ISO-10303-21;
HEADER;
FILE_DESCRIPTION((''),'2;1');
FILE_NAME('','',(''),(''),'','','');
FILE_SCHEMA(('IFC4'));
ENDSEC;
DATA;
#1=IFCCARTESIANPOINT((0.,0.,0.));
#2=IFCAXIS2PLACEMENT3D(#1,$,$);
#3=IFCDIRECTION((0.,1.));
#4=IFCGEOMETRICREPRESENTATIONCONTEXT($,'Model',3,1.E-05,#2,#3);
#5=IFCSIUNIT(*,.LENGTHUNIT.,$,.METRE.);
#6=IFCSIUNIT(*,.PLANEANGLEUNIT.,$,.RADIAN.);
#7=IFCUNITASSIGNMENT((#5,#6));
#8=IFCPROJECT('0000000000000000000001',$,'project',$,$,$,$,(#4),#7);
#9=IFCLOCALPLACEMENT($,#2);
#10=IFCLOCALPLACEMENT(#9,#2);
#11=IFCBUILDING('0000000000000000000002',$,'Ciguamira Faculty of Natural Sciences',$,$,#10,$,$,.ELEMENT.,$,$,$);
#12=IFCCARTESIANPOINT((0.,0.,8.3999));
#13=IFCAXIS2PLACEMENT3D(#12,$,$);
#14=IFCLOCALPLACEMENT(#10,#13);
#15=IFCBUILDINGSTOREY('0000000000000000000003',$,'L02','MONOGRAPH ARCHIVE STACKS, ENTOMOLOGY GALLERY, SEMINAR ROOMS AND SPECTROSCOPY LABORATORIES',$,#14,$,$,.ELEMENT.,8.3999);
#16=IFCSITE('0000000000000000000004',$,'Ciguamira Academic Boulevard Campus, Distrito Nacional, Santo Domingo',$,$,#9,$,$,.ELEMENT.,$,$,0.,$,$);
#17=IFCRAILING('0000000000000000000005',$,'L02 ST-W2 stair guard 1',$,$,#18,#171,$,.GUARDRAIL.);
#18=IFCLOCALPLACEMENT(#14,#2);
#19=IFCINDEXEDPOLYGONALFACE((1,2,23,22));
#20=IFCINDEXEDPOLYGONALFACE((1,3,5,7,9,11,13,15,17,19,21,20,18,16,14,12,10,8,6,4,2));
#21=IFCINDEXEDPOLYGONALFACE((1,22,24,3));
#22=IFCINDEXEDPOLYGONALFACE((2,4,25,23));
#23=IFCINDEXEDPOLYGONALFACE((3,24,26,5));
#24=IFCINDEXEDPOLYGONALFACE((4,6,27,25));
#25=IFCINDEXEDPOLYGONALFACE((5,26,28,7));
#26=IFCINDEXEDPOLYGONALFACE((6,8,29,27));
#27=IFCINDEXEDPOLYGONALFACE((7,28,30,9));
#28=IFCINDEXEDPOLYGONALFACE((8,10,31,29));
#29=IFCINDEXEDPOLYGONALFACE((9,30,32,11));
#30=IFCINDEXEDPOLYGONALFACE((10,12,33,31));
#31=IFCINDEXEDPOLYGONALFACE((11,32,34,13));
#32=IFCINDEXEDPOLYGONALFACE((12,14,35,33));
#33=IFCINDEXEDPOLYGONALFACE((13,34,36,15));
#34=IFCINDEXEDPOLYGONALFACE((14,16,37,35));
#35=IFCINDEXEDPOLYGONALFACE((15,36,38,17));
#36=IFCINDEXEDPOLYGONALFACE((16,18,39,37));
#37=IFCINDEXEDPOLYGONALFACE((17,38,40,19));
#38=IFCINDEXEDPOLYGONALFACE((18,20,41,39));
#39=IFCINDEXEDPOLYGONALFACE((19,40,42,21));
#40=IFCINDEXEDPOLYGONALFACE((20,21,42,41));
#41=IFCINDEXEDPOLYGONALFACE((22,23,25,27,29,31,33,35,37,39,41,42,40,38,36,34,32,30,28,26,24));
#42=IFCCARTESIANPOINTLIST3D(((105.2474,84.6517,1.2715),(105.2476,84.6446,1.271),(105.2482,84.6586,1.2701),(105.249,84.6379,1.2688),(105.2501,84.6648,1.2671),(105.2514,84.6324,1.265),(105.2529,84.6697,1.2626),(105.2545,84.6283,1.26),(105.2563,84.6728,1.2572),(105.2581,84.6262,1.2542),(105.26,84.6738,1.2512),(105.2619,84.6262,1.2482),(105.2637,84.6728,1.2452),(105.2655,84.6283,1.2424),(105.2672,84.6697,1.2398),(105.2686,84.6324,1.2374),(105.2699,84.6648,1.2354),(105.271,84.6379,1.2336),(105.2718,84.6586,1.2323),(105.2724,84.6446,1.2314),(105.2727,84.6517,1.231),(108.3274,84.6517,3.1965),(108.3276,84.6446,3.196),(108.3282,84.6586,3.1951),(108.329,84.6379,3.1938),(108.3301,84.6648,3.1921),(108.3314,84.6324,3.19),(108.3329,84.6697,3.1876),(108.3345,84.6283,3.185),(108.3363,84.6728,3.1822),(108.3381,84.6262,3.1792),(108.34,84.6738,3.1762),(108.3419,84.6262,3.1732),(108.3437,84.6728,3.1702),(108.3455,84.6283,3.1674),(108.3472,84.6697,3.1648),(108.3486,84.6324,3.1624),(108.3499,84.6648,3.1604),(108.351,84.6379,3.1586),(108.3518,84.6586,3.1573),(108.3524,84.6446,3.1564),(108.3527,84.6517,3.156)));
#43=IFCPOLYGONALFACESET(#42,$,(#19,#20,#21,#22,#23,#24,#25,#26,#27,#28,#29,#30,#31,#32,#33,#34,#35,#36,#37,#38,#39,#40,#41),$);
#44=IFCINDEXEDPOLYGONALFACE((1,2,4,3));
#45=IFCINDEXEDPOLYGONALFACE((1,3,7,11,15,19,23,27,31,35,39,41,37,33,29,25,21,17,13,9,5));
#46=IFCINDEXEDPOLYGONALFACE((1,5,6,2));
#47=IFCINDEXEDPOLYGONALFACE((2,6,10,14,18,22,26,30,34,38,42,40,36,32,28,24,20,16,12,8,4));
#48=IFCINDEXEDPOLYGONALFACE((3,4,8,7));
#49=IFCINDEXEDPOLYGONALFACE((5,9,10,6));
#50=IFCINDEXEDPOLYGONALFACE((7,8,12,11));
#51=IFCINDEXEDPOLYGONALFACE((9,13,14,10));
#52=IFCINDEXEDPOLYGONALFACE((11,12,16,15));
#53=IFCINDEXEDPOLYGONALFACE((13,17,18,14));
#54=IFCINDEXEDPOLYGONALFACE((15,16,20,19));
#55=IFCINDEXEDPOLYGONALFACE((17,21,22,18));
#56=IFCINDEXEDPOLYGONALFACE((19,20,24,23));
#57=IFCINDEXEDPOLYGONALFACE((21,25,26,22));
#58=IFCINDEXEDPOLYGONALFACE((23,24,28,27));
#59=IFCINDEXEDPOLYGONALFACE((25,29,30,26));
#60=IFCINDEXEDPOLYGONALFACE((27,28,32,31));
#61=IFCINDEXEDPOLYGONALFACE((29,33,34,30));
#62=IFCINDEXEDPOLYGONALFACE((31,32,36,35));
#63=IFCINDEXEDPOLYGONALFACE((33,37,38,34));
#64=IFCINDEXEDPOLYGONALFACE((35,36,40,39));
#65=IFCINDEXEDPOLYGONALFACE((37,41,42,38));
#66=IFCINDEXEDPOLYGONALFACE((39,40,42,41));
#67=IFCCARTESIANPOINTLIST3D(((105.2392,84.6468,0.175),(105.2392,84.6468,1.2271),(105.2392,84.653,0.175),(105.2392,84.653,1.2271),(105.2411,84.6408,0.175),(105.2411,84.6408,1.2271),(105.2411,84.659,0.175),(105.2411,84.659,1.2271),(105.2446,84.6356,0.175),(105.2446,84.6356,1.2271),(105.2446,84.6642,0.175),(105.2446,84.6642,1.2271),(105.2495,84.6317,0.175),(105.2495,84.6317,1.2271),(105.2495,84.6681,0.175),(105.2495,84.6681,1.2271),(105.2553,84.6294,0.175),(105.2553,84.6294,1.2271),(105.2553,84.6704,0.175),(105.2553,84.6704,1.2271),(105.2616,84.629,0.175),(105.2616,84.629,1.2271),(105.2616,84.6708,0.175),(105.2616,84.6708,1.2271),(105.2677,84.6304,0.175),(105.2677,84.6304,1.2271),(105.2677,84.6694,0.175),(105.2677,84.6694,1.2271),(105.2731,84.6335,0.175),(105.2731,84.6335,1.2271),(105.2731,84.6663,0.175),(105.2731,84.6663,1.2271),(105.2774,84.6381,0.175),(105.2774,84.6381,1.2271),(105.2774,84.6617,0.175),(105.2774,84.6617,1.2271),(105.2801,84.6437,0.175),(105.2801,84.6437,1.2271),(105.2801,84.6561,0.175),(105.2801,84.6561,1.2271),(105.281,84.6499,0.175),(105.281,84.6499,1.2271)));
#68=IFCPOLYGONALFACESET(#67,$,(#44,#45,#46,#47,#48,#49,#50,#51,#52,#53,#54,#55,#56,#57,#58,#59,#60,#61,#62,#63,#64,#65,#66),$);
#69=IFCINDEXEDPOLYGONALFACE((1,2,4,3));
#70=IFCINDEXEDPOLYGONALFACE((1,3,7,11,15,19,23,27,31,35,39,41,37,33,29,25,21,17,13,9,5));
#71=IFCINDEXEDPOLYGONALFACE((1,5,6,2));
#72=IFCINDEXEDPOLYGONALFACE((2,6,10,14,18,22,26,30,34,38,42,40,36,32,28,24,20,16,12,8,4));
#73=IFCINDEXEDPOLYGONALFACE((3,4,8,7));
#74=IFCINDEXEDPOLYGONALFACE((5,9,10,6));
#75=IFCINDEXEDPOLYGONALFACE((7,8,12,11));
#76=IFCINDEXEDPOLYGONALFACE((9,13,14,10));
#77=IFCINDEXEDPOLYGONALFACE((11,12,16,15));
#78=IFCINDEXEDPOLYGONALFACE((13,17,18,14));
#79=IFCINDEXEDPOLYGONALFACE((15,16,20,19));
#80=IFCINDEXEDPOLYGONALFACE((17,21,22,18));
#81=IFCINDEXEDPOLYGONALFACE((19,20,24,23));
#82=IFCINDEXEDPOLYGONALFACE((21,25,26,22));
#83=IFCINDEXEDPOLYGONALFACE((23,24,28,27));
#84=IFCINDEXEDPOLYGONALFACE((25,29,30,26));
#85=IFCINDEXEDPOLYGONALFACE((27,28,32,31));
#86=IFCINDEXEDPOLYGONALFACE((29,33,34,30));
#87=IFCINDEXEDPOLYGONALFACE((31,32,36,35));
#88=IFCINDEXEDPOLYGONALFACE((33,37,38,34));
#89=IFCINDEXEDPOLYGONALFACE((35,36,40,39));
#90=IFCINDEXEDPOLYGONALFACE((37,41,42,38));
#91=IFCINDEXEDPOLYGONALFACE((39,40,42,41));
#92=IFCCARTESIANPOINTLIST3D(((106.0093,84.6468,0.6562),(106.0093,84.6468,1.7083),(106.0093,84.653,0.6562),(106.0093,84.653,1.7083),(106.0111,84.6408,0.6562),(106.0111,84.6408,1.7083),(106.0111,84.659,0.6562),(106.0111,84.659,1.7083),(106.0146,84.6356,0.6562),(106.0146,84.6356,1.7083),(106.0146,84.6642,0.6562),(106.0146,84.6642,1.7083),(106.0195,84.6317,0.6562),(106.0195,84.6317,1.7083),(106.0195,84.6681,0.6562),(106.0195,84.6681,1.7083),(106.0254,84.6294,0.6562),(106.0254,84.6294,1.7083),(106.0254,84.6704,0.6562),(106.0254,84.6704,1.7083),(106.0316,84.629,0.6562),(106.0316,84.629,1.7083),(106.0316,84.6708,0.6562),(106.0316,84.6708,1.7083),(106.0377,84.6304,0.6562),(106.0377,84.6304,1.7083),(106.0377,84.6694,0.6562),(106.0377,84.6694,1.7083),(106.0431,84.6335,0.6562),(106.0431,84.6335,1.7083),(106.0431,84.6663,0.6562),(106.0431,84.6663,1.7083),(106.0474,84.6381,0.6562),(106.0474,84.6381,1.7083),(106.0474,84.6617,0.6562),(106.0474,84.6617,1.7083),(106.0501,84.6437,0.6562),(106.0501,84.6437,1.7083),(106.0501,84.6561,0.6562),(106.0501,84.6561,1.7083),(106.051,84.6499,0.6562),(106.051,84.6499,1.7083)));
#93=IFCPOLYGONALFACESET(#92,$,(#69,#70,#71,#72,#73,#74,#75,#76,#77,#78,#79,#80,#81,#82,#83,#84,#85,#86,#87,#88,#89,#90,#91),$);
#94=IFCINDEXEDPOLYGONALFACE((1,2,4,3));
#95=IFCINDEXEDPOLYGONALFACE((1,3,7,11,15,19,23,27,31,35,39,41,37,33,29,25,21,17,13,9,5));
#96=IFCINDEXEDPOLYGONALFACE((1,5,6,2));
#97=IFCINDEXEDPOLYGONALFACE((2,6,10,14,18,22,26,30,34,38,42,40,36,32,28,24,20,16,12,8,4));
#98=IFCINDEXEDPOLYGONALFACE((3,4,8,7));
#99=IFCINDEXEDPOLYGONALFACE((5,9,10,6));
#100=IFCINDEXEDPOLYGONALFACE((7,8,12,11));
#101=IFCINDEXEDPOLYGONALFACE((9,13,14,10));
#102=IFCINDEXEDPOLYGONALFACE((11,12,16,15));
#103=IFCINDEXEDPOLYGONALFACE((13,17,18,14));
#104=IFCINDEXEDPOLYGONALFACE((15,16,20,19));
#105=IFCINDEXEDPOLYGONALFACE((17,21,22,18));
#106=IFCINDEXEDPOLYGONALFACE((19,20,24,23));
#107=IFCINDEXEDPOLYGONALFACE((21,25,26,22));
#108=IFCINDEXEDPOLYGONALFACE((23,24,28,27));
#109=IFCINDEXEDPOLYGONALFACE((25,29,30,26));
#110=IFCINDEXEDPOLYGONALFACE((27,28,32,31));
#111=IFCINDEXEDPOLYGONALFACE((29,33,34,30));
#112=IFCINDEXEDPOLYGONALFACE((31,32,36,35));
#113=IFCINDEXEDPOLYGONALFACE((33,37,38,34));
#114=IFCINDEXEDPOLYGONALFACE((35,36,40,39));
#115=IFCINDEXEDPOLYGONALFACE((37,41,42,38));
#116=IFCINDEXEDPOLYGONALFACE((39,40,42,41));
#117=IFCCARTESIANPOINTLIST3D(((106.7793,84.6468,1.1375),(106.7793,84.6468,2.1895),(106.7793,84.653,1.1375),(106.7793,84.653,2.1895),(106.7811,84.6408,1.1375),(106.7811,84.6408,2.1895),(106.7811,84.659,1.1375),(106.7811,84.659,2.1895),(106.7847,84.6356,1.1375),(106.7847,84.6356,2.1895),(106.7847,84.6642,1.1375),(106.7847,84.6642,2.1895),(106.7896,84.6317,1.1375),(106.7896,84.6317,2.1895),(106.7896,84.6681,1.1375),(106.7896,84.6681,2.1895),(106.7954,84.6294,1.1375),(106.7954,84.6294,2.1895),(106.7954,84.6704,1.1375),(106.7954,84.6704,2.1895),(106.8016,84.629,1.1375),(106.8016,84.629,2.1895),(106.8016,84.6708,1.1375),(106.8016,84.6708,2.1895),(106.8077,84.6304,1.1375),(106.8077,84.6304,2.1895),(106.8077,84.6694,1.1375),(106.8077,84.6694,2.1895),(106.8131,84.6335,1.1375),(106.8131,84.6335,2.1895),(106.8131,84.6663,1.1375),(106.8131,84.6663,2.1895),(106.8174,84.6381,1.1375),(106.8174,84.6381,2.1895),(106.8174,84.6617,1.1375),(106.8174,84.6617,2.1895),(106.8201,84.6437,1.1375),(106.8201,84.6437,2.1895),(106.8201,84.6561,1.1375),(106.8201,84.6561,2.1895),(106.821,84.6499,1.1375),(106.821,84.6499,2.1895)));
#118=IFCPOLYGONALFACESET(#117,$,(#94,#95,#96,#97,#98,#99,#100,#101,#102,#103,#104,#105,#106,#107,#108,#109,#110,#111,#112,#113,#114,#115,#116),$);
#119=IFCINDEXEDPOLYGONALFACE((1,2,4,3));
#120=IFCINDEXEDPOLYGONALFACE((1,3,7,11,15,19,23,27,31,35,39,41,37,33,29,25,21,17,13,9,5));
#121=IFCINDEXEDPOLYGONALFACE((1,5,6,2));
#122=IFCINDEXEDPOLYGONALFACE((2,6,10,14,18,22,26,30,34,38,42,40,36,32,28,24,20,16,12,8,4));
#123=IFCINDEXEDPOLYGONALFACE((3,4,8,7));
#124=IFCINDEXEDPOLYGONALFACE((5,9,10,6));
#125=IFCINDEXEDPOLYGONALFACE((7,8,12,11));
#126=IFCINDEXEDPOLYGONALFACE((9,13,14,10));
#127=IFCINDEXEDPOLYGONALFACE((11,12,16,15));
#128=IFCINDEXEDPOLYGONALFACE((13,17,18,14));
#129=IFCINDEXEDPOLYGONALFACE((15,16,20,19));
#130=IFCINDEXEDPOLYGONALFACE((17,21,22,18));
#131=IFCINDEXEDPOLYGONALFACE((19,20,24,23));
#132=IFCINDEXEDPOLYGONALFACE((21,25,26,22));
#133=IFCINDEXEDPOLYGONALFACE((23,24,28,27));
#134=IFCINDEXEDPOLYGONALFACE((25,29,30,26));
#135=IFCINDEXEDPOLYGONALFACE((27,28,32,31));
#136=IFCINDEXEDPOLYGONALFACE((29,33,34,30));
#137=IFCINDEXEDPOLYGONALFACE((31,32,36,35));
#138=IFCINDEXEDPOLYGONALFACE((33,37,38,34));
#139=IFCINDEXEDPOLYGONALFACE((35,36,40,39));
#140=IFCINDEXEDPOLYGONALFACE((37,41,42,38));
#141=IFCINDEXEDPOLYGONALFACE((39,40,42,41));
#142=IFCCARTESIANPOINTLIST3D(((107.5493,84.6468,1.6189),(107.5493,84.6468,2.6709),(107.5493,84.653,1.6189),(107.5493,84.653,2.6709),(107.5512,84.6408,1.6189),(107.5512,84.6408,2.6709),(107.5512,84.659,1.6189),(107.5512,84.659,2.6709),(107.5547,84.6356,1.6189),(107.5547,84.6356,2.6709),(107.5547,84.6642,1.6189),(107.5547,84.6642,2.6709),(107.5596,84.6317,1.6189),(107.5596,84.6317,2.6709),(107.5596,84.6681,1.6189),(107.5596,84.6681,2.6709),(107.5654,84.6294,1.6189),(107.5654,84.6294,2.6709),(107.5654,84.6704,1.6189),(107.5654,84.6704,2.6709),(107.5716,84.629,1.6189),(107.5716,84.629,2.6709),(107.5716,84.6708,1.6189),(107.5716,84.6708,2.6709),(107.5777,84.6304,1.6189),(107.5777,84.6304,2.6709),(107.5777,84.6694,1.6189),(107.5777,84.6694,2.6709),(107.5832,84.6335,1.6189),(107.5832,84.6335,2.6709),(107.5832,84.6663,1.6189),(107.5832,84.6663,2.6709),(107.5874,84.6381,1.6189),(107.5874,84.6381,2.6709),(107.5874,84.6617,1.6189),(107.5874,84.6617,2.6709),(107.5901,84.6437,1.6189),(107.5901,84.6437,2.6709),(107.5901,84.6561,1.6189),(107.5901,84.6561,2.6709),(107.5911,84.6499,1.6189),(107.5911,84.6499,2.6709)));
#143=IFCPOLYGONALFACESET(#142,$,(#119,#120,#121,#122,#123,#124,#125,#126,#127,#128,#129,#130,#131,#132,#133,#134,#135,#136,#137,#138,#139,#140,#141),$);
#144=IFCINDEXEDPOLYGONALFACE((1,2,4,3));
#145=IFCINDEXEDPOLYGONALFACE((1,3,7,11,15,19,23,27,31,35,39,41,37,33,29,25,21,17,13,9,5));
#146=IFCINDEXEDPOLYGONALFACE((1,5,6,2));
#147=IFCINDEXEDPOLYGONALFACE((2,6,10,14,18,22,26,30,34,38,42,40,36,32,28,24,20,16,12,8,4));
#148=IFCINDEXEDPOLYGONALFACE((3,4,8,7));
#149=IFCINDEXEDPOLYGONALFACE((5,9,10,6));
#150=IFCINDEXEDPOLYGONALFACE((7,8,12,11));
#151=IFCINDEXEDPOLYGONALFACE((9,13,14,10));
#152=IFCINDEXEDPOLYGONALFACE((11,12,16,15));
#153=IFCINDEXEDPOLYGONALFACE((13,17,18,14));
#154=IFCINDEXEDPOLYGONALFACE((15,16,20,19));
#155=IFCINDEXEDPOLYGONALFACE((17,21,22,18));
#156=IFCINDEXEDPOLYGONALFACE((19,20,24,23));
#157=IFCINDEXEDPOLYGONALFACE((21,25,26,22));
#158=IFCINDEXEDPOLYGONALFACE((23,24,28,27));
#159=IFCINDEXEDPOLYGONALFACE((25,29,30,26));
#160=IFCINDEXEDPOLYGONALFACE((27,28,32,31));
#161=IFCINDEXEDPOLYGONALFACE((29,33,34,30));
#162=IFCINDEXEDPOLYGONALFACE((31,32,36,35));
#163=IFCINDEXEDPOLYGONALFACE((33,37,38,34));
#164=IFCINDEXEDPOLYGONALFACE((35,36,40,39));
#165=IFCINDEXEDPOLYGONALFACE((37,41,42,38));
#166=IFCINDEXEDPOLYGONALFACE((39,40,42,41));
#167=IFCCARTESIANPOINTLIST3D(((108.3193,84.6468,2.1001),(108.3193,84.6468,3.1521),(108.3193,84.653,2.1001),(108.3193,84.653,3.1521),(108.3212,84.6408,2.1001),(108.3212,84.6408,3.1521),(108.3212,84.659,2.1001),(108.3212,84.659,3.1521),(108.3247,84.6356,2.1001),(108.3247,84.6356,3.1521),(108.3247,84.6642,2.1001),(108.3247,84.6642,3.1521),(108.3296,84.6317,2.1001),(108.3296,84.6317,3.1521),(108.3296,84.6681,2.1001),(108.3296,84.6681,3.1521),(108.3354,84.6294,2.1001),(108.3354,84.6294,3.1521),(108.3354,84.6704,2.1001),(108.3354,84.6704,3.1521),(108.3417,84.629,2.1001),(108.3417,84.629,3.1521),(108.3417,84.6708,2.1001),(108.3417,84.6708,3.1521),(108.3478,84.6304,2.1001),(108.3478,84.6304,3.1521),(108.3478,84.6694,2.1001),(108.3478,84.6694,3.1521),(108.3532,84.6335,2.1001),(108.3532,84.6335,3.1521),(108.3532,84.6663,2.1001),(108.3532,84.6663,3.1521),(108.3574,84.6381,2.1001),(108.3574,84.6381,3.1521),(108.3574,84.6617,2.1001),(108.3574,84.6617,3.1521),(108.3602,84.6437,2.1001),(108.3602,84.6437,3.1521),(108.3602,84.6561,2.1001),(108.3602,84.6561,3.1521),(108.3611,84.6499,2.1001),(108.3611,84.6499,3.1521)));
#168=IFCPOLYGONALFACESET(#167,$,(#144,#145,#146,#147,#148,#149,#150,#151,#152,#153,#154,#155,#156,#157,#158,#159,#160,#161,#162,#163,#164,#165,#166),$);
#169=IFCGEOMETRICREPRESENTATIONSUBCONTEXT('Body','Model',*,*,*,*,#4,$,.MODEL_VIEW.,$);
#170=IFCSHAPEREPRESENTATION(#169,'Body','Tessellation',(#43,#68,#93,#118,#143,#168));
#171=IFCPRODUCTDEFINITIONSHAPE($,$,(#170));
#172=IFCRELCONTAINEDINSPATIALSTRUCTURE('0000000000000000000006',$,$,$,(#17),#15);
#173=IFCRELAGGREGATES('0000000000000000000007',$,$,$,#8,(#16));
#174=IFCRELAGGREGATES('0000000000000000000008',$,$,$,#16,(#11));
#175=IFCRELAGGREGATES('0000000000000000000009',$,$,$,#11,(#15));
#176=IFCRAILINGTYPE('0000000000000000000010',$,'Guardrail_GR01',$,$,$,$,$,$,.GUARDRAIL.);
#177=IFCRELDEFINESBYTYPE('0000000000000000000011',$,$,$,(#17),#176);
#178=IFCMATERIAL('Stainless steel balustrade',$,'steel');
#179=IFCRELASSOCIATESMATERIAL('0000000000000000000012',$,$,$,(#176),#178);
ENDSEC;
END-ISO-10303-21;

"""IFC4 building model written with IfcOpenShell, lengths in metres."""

from ifc_helpers import new_model, si_unit, direction, frame, origin, origin_2d, place, context, subcontext, project, spatial, circle, extrude, material, type_object, element, save


model = new_model("IFC4")

# Units and contexts
model_context = context("Model", 3, precision=1e-05, world=origin(), true_north=direction((0.0, 1.0)))
body_context = subcontext(model_context, "Body", "Model", "MODEL_VIEW")
ifc_project = project(units=[si_unit("LENGTHUNIT", "METRE"), si_unit("PLANEANGLEUNIT", "RADIAN")], contexts=[model_context])

# Site, building, storey
site_placement = place(None, origin())
site = spatial("IfcSite", under=ifc_project, at=site_placement, Name="Ciguamira Academic Boulevard Campus, Distrito Nacional, Santo Domingo", CompositionType="ELEMENT", RefElevation=0.0)
building_placement = place(site_placement, origin())
building = spatial("IfcBuilding", under=site, at=building_placement, Name="Ciguamira Faculty of Natural Sciences", CompositionType="ELEMENT")
storey_placement = place(building_placement, frame((0.0, 0.0, 8.3999)))
storey = spatial("IfcBuildingStorey", under=building, at=storey_placement, Name="L02", Description="MONOGRAPH ARCHIVE STACKS, ENTOMOLOGY GALLERY, SEMINAR ROOMS AND SPECTROSCOPY LABORATORIES", CompositionType="ELEMENT", Elevation=8.3999)

# Railing
ifc_material_1 = material(Name="Stainless steel balustrade", Category="steel")
railing_type_1 = type_object("IfcRailingType", Name="Guardrail_GR01", PredefinedType="GUARDRAIL", material=ifc_material_1)
railing_1_placement = place(storey_placement, frame((105.26, 84.6499, 0.175)))
element("IfcRailing", 1, at=railing_1_placement, inside=storey, type_object=railing_type_1, Name="L02 ST-W2 stair guard 1", PredefinedType="GUARDRAIL", context=body_context, shape_type="SweptSolid", body=[
    extrude(circle(Radius=0.0239, at=origin_2d()), frame((0.0, 0.0, 1.0762), z_axis=(0.847998, 0.0, 0.529999), x_axis=(0.0, 1.0, 0.0)), (0.0, 0.0, 1.0), 3.6321),
    extrude(circle(Radius=0.021, at=origin_2d()), origin(), (0.0, 0.0, 1.0), 1.052),
    extrude(circle(Radius=0.021, at=origin_2d()), frame((0.77, 0.0, 0.4812)), (0.0, 0.0, 1.0), 1.052),
    extrude(circle(Radius=0.021, at=origin_2d()), frame((1.54, 0.0, 0.9624)), (0.0, 0.0, 1.0), 1.052),
    extrude(circle(Radius=0.021, at=origin_2d()), frame((2.3101, 0.0, 1.4438)), (0.0, 0.0, 1.0), 1.052),
    extrude(circle(Radius=0.021, at=origin_2d()), frame((3.0801, 0.0, 1.925)), (0.0, 0.0, 1.0), 1.052),
])

save(model, "model.ifc")
